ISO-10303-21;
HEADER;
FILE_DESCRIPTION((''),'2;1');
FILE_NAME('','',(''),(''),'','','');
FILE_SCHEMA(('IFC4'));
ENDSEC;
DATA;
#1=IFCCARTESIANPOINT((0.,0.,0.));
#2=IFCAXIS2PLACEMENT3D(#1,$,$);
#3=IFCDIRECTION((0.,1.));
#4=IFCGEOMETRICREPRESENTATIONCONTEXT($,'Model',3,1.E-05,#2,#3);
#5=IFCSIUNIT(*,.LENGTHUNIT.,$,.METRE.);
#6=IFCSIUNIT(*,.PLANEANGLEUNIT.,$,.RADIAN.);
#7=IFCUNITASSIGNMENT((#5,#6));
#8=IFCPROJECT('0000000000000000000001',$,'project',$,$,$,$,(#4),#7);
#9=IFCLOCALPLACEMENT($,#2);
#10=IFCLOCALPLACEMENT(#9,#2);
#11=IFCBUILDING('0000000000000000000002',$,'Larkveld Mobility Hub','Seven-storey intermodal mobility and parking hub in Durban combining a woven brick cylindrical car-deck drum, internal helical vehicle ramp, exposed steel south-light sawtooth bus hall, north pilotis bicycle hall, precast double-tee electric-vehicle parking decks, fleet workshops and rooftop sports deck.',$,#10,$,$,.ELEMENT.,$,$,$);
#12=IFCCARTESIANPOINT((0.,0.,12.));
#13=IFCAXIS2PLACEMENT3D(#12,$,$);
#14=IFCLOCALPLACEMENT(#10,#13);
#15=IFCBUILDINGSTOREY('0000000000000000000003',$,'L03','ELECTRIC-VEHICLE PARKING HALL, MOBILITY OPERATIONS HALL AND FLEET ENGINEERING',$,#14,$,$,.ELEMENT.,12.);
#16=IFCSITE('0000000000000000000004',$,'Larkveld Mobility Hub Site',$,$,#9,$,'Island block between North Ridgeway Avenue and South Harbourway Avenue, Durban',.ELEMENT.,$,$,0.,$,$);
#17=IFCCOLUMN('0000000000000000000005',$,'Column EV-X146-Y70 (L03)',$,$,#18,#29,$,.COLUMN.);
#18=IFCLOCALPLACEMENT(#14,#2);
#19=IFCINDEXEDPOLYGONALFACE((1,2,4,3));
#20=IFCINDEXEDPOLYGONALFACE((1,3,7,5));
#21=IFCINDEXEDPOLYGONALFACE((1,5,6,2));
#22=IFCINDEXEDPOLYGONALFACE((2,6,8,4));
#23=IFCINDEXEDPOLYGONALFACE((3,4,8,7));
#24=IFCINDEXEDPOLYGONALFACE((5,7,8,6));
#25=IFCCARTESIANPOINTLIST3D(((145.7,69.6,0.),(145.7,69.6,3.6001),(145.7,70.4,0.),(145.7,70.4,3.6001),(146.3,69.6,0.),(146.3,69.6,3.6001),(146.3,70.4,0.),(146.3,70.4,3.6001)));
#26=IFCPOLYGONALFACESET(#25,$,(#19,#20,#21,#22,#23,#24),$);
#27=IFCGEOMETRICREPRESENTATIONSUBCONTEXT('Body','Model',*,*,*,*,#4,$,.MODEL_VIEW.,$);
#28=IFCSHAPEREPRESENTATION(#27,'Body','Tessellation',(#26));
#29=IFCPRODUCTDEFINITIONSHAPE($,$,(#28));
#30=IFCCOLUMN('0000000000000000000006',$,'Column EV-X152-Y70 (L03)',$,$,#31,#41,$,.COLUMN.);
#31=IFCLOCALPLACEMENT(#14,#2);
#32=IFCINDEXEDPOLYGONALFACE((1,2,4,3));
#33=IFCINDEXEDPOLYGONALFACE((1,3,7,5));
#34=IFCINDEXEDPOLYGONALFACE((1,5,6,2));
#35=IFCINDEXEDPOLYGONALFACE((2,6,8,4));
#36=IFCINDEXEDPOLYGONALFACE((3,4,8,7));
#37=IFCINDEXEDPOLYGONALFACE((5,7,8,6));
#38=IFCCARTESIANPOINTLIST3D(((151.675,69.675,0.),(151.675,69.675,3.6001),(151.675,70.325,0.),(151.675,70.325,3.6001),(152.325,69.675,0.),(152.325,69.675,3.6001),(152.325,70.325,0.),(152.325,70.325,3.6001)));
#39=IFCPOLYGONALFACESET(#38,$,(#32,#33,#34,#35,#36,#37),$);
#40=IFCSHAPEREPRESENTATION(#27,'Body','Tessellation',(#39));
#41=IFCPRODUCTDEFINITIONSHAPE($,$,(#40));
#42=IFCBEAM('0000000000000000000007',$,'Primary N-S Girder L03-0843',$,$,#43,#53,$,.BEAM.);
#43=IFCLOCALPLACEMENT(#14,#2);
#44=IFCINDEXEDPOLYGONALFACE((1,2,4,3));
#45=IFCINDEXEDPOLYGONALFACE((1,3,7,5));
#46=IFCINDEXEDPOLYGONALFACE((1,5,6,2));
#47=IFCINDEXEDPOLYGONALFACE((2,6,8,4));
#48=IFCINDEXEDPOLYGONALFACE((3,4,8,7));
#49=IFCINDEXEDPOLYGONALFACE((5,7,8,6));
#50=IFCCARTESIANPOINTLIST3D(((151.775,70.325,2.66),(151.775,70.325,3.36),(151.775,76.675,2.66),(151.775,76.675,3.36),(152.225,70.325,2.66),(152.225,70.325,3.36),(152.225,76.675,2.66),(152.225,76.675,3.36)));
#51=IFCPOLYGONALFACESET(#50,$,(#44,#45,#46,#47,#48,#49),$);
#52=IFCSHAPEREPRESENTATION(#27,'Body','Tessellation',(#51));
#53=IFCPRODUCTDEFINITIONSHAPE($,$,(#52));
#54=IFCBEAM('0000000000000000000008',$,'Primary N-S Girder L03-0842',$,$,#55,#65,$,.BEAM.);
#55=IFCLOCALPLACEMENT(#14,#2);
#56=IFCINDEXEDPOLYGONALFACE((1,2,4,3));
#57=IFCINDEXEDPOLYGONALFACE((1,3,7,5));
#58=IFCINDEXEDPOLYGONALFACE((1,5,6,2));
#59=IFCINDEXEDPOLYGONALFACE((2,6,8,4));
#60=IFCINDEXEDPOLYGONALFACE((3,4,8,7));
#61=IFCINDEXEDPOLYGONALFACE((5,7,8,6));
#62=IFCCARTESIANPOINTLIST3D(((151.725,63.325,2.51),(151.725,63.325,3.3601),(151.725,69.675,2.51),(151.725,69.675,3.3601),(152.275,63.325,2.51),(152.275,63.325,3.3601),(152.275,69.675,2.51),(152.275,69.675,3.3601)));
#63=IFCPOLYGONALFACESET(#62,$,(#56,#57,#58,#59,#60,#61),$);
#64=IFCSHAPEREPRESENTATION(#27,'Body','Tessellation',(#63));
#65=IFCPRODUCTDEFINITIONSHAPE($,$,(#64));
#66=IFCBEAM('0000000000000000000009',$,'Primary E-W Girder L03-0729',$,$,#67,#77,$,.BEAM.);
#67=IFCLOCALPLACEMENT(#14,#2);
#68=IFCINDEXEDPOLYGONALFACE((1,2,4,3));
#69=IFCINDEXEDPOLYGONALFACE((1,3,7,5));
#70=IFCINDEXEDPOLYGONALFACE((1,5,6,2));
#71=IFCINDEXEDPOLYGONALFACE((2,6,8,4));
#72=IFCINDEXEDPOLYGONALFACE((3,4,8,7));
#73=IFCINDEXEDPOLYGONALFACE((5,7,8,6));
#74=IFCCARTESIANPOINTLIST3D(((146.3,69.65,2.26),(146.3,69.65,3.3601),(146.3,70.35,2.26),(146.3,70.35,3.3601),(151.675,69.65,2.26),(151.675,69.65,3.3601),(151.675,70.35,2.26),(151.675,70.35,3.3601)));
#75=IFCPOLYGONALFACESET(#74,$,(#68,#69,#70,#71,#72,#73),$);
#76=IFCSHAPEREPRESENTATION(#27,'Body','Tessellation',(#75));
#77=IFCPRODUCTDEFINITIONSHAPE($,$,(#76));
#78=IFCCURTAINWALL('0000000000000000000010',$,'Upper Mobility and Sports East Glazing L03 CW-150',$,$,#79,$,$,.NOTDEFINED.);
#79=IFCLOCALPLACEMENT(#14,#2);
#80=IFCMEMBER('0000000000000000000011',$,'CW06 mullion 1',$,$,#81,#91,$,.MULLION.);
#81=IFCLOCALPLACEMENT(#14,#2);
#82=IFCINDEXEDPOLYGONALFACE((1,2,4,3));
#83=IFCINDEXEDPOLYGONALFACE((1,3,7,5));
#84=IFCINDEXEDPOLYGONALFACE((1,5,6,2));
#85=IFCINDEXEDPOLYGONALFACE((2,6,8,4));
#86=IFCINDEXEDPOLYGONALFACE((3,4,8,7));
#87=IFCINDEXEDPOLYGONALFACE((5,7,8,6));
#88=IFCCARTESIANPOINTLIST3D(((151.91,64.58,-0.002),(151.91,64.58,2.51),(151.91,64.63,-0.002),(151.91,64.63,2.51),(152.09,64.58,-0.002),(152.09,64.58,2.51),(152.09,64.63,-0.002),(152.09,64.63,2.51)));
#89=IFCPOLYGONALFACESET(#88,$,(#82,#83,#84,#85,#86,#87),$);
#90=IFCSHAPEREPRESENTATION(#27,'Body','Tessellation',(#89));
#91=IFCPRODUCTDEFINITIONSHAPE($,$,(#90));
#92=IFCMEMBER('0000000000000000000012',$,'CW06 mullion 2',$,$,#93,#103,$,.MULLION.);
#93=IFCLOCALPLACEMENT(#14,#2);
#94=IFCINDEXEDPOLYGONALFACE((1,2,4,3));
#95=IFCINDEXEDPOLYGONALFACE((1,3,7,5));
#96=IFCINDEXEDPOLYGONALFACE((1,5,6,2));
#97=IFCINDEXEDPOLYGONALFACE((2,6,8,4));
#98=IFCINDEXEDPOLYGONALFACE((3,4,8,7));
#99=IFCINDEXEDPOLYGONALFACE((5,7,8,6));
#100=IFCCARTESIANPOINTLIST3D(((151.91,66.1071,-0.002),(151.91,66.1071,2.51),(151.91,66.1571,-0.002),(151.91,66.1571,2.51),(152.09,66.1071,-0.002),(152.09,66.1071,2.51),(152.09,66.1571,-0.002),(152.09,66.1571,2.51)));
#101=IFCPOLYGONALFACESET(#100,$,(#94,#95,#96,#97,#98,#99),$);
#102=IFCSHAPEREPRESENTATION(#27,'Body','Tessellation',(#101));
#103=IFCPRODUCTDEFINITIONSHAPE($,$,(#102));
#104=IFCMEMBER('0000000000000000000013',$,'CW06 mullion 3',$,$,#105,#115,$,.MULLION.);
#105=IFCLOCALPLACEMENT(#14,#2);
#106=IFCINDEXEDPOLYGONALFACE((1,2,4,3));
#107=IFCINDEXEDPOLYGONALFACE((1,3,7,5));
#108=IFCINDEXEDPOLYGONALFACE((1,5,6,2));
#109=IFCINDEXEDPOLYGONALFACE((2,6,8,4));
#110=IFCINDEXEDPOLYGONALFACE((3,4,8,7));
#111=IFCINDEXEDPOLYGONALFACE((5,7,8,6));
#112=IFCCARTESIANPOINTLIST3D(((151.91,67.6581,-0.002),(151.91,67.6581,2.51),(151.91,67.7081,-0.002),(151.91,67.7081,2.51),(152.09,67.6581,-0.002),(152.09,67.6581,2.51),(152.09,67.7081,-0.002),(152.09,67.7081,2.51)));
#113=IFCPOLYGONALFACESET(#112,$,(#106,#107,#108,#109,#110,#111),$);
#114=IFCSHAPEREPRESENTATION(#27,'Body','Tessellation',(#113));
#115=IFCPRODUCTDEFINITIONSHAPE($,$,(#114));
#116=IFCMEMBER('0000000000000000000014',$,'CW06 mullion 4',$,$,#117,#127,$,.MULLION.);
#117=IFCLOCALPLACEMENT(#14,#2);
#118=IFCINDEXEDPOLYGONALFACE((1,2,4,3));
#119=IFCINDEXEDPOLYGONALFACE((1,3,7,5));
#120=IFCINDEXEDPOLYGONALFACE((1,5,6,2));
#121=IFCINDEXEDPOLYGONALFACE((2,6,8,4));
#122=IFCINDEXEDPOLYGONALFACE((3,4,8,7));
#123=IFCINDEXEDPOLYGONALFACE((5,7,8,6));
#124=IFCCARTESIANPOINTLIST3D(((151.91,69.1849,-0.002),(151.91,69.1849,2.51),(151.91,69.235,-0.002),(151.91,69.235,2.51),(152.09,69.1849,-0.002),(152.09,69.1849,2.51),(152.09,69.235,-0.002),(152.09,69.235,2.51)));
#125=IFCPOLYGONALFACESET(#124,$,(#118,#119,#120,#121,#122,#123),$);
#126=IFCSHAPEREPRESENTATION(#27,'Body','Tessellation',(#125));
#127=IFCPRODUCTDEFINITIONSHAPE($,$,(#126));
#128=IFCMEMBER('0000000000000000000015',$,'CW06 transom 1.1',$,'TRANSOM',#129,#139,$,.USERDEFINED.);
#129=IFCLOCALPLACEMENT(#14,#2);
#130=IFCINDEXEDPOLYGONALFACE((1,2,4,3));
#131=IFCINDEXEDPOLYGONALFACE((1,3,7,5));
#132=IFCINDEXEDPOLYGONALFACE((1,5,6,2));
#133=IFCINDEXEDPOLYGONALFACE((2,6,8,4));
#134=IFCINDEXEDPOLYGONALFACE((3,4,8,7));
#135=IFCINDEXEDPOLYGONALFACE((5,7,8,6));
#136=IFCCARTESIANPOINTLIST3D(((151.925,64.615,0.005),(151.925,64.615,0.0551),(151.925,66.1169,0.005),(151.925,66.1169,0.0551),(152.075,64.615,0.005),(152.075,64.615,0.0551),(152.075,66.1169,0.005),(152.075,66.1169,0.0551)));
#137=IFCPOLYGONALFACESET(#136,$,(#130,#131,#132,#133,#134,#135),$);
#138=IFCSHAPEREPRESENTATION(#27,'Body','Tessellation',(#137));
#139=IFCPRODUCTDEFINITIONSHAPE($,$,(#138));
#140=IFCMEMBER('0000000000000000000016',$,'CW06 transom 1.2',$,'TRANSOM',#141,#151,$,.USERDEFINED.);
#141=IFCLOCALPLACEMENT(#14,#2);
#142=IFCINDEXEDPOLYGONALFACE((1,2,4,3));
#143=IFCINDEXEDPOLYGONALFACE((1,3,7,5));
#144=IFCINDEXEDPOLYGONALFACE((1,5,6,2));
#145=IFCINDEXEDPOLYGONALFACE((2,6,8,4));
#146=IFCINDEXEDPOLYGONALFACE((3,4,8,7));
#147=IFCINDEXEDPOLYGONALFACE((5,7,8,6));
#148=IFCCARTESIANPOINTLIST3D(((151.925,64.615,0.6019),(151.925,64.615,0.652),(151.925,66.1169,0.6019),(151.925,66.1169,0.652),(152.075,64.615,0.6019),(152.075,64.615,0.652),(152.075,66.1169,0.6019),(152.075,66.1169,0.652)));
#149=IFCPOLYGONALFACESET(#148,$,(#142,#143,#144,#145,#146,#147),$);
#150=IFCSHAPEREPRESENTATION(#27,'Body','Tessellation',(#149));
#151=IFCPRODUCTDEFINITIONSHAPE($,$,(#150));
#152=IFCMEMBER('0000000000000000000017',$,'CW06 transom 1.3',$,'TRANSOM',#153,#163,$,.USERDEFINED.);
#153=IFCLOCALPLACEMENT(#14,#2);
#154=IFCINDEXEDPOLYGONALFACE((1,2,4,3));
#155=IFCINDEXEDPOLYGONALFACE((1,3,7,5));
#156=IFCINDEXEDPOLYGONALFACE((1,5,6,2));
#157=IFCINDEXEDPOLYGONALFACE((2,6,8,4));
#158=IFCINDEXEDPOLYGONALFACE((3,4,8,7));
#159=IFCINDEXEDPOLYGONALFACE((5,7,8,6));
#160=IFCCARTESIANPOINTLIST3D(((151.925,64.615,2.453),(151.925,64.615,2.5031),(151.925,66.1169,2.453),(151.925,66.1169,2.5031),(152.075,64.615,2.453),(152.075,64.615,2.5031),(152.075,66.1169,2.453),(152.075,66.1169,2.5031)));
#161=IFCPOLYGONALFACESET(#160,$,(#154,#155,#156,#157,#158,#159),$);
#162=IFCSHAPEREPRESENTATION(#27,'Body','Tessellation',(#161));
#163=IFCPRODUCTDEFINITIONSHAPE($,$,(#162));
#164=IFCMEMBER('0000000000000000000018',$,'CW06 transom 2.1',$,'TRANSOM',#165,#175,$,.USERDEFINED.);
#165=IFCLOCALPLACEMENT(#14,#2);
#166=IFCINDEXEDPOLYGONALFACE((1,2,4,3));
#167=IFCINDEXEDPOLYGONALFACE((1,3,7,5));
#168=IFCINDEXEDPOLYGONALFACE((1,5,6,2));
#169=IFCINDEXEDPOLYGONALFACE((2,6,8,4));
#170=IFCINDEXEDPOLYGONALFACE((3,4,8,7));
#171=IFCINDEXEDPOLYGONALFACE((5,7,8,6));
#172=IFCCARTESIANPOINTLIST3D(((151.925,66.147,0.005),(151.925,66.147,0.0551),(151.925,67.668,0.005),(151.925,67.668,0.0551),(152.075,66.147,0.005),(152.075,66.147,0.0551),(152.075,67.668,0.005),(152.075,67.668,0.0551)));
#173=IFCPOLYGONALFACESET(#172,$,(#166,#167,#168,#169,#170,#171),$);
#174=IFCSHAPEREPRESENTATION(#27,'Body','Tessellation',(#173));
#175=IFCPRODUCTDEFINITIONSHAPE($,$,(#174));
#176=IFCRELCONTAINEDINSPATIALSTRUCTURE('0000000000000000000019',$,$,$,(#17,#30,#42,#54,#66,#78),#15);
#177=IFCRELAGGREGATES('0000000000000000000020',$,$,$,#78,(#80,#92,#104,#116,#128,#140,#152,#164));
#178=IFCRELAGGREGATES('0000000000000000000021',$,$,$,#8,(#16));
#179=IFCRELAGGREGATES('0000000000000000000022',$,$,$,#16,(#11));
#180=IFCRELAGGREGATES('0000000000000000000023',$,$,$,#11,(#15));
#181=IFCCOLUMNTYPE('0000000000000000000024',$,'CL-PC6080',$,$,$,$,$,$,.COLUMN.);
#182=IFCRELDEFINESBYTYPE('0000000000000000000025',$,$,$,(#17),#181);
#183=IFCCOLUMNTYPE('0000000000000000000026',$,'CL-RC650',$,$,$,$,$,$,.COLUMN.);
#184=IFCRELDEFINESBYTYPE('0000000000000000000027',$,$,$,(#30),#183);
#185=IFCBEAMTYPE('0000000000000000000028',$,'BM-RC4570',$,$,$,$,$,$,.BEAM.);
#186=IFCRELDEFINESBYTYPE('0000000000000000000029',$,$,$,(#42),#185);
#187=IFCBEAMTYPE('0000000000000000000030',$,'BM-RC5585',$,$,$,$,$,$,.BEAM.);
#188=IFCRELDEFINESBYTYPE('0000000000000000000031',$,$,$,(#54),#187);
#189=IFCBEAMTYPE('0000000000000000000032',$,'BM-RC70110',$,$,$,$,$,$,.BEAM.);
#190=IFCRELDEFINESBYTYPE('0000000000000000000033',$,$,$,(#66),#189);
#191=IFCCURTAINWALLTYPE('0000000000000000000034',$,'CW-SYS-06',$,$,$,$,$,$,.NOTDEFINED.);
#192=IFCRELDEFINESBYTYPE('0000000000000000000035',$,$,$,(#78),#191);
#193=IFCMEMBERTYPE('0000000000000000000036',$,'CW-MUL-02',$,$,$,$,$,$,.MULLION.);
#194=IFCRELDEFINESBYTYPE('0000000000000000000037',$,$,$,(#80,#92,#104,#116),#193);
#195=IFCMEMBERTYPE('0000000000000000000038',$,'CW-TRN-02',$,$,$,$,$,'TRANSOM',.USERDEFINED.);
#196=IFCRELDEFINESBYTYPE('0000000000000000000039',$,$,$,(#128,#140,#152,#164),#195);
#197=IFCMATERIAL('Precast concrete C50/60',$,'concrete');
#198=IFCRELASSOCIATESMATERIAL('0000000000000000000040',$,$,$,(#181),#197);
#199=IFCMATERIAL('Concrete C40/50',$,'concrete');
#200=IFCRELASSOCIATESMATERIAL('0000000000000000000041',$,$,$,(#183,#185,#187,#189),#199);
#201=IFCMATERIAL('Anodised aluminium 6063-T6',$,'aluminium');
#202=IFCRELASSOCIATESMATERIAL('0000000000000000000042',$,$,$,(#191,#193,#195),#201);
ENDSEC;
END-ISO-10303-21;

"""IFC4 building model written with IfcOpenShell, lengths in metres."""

from ifc_helpers import new_model, si_unit, direction, frame, origin, origin_2d, place, context, subcontext, project, spatial, rectangle, extrude, material, material_profile, profile_set, type_object, element, aggregate, save


model = new_model("IFC4")

# Units and contexts
model_context = context("Model", 3, precision=1e-05, world=origin(), true_north=direction((0.0, 1.0)))
body_context = subcontext(model_context, "Body", "Model", "MODEL_VIEW")
ifc_project = project(units=[si_unit("LENGTHUNIT", "METRE"), si_unit("PLANEANGLEUNIT", "RADIAN")], contexts=[model_context])

# Site, building, storey
site_placement = place(None, origin())
site = spatial("IfcSite", under=ifc_project, at=site_placement, Name="Larkveld Mobility Hub Site", LongName="Island block between North Ridgeway Avenue and South Harbourway Avenue, Durban", CompositionType="ELEMENT", RefElevation=0.0)
building_placement = place(site_placement, origin())
building = spatial("IfcBuilding", under=site, at=building_placement, Name="Larkveld Mobility Hub", Description="Seven-storey intermodal mobility and parking hub in Durban combining a woven brick cylindrical car-deck drum, internal helical vehicle ramp, exposed steel south-light sawtooth bus hall, north pilotis bicycle hall, precast double-tee electric-vehicle parking decks, fleet workshops and rooftop sports deck.", CompositionType="ELEMENT")
storey_placement = place(building_placement, frame((0.0, 0.0, 12.0)))
storey = spatial("IfcBuildingStorey", under=building, at=storey_placement, Name="L03", Description="ELECTRIC-VEHICLE PARKING HALL, MOBILITY OPERATIONS HALL AND FLEET ENGINEERING", CompositionType="ELEMENT", Elevation=12.0)

# Columns
ifc_material_1 = material(Name="Precast concrete C50/60", Category="concrete")
ifc_material_profile_1 = material_profile(ifc_material_1, rectangle(XDim=0.6001, YDim=0.8, at=origin_2d()), Name="RC COL 600x800")
ifc_profile_set_1 = profile_set([ifc_material_profile_1], Name="Precast concrete C50/60")
column_type_1 = type_object("IfcColumnType", Name="CL-PC6080", PredefinedType="COLUMN", material=ifc_profile_set_1)
column_1_placement = place(storey_placement, frame((146.0, 70.0, 0.0), z_axis=(0.0, 0.0, 1.0), x_axis=(1.0, 0.0, 0.0)))
element("IfcColumn", 1, at=column_1_placement, inside=storey, type_object=column_type_1, Name="Column EV-X146-Y70 (L03)", PredefinedType="COLUMN", context=body_context, shape_type="SweptSolid", body=[
    extrude(rectangle(XDim=0.6001, YDim=0.8, at=origin_2d()), origin(), (0.0, 0.0, 1.0), 3.6001),
])
ifc_material_2 = material(Name="Concrete C40/50", Category="concrete")
ifc_material_profile_2 = material_profile(ifc_material_2, rectangle(XDim=0.6499, YDim=0.6499, at=origin_2d()), Name="RC COL 650x650")
ifc_profile_set_2 = profile_set([ifc_material_profile_2], Name="Concrete C40/50")
column_type_2 = type_object("IfcColumnType", Name="CL-RC650", PredefinedType="COLUMN", material=ifc_profile_set_2)
column_2_placement = place(storey_placement, frame((152.0, 70.0, 0.0), z_axis=(0.0, 0.0, 1.0), x_axis=(1.0, 0.0, 0.0)))
element("IfcColumn", 2, at=column_2_placement, inside=storey, type_object=column_type_2, Name="Column EV-X152-Y70 (L03)", PredefinedType="COLUMN", context=body_context, shape_type="SweptSolid", body=[
    extrude(rectangle(XDim=0.6499, YDim=0.6499, at=origin_2d()), origin(), (0.0, 0.0, 1.0), 3.6001),
])

# Beams
ifc_material_profile_3 = material_profile(ifc_material_2, rectangle(XDim=0.45, YDim=0.7, at=origin_2d()), Name="RC BM 450x700")
ifc_profile_set_3 = profile_set([ifc_material_profile_3], Name="Concrete C40/50")
beam_type_1 = type_object("IfcBeamType", Name="BM-RC4570", PredefinedType="BEAM", material=ifc_profile_set_3)
beam_1_placement = place(storey_placement, frame((152.0, 70.325, 3.01), z_axis=(0.0, 1.0, 0.0), x_axis=(-1.0, 0.0, 0.0)))
element("IfcBeam", 3, at=beam_1_placement, inside=storey, type_object=beam_type_1, Name="Primary N-S Girder L03-0843", PredefinedType="BEAM", context=body_context, shape_type="SweptSolid", body=[
    extrude(rectangle(XDim=0.45, YDim=0.7, at=origin_2d()), origin(), (0.0, 0.0, 1.0), 6.3501),
])
ifc_material_profile_4 = material_profile(ifc_material_2, rectangle(XDim=0.55, YDim=0.8501, at=origin_2d()), Name="RC BM 550x850")
ifc_profile_set_4 = profile_set([ifc_material_profile_4], Name="Concrete C40/50")
beam_type_2 = type_object("IfcBeamType", Name="BM-RC5585", PredefinedType="BEAM", material=ifc_profile_set_4)
beam_2_placement = place(storey_placement, frame((152.0, 63.325, 2.9351), z_axis=(0.0, 1.0, 0.0), x_axis=(-1.0, 0.0, 0.0)))
element("IfcBeam", 4, at=beam_2_placement, inside=storey, type_object=beam_type_2, Name="Primary N-S Girder L03-0842", PredefinedType="BEAM", context=body_context, shape_type="SweptSolid", body=[
    extrude(rectangle(XDim=0.55, YDim=0.8501, at=origin_2d()), origin(), (0.0, 0.0, 1.0), 6.3501),
])
ifc_material_profile_5 = material_profile(ifc_material_2, rectangle(XDim=0.7, YDim=1.1001, at=origin_2d()), Name="RC BM 700x1100")
ifc_profile_set_5 = profile_set([ifc_material_profile_5], Name="Concrete C40/50")
beam_type_3 = type_object("IfcBeamType", Name="BM-RC70110", PredefinedType="BEAM", material=ifc_profile_set_5)
beam_3_placement = place(storey_placement, frame((146.3, 70.0, 2.8101), z_axis=(1.0, 0.0, 0.0), x_axis=(0.0, 1.0, 0.0)))
element("IfcBeam", 5, at=beam_3_placement, inside=storey, type_object=beam_type_3, Name="Primary E-W Girder L03-0729", PredefinedType="BEAM", context=body_context, shape_type="SweptSolid", body=[
    extrude(rectangle(XDim=0.7, YDim=1.1001, at=origin_2d()), origin(), (0.0, 0.0, 1.0), 5.375),
])

# Curtain wall, members
ifc_material_3 = material(Name="Anodised aluminium 6063-T6", Category="aluminium")
curtain_wall_type = type_object("IfcCurtainWallType", Name="CW-SYS-06", PredefinedType="NOTDEFINED", material=ifc_material_3)
curtain_wall_placement = place(storey_placement, origin())
curtain_wall = element("IfcCurtainWall", 6, at=curtain_wall_placement, inside=storey, type_object=curtain_wall_type, Name="Upper Mobility and Sports East Glazing L03 CW-150", PredefinedType="NOTDEFINED")
ifc_material_profile_6 = material_profile(ifc_material_3, rectangle(XDim=0.05, YDim=0.1799, at=origin_2d()), Name="ALU MULL 50x180")
ifc_profile_set_6 = profile_set([ifc_material_profile_6], Name="Anodised aluminium 6063-T6")
member_type_1 = type_object("IfcMemberType", Name="CW-MUL-02", PredefinedType="MULLION", material=ifc_profile_set_6)
member_1_placement = place(storey_placement, frame((152.0, 64.605, -0.002), z_axis=(0.0, 0.0, 1.0), x_axis=(0.0, 1.0, 0.0)))
member_1 = element("IfcMember", 7, at=member_1_placement, type_object=member_type_1, Name="CW06 mullion 1", PredefinedType="MULLION", context=body_context, shape_type="SweptSolid", body=[
    extrude(rectangle(XDim=0.05, YDim=0.1799, at=origin_2d()), origin(), (0.0, 0.0, 1.0), 2.512),
])
member_2_placement = place(storey_placement, frame((152.0, 66.1321, -0.002), z_axis=(0.0, 0.0, 1.0), x_axis=(0.0, 1.0, 0.0)))
member_2 = element("IfcMember", 8, at=member_2_placement, type_object=member_type_1, Name="CW06 mullion 2", PredefinedType="MULLION", context=body_context, shape_type="SweptSolid", body=[
    extrude(rectangle(XDim=0.05, YDim=0.1799, at=origin_2d()), origin(), (0.0, 0.0, 1.0), 2.512),
])
member_3_placement = place(storey_placement, frame((152.0, 67.6831, -0.002), z_axis=(0.0, 0.0, 1.0), x_axis=(0.0, 1.0, 0.0)))
member_3 = element("IfcMember", 9, at=member_3_placement, type_object=member_type_1, Name="CW06 mullion 3", PredefinedType="MULLION", context=body_context, shape_type="SweptSolid", body=[
    extrude(rectangle(XDim=0.05, YDim=0.1799, at=origin_2d()), origin(), (0.0, 0.0, 1.0), 2.512),
])
member_4_placement = place(storey_placement, frame((152.0, 69.21, -0.002), z_axis=(0.0, 0.0, 1.0), x_axis=(0.0, 1.0, 0.0)))
member_4 = element("IfcMember", 10, at=member_4_placement, type_object=member_type_1, Name="CW06 mullion 4", PredefinedType="MULLION", context=body_context, shape_type="SweptSolid", body=[
    extrude(rectangle(XDim=0.05, YDim=0.1799, at=origin_2d()), origin(), (0.0, 0.0, 1.0), 2.512),
])
ifc_material_profile_7 = material_profile(ifc_material_3, rectangle(XDim=0.1499, YDim=0.05, at=origin_2d()), Name="ALU TRAN 50x150")
ifc_profile_set_7 = profile_set([ifc_material_profile_7], Name="Anodised aluminium 6063-T6")
member_type_2 = type_object("IfcMemberType", Name="CW-TRN-02", ElementType="TRANSOM", PredefinedType="USERDEFINED", material=ifc_profile_set_7)
member_5_placement = place(storey_placement, frame((152.0, 64.615, 0.03), z_axis=(0.0, 1.0, 0.0), x_axis=(-1.0, 0.0, 0.0)))
member_5 = element("IfcMember", 11, at=member_5_placement, type_object=member_type_2, Name="CW06 transom 1.1", ObjectType="TRANSOM", PredefinedType="USERDEFINED", context=body_context, shape_type="SweptSolid", body=[
    extrude(rectangle(XDim=0.1499, YDim=0.05, at=origin_2d()), origin(), (0.0, 0.0, 1.0), 1.502),
])
member_6_placement = place(storey_placement, frame((152.0, 64.615, 0.627), z_axis=(0.0, 1.0, 0.0), x_axis=(-1.0, 0.0, 0.0)))
member_6 = element("IfcMember", 12, at=member_6_placement, type_object=member_type_2, Name="CW06 transom 1.2", ObjectType="TRANSOM", PredefinedType="USERDEFINED", context=body_context, shape_type="SweptSolid", body=[
    extrude(rectangle(XDim=0.1499, YDim=0.05, at=origin_2d()), origin(), (0.0, 0.0, 1.0), 1.502),
])
member_7_placement = place(storey_placement, frame((152.0, 64.615, 2.478), z_axis=(0.0, 1.0, 0.0), x_axis=(-1.0, 0.0, 0.0)))
member_7 = element("IfcMember", 13, at=member_7_placement, type_object=member_type_2, Name="CW06 transom 1.3", ObjectType="TRANSOM", PredefinedType="USERDEFINED", context=body_context, shape_type="SweptSolid", body=[
    extrude(rectangle(XDim=0.1499, YDim=0.05, at=origin_2d()), origin(), (0.0, 0.0, 1.0), 1.502),
])
member_8_placement = place(storey_placement, frame((152.0, 66.147, 0.03), z_axis=(0.0, 1.0, 0.0), x_axis=(-1.0, 0.0, 0.0)))
member_8 = element("IfcMember", 14, at=member_8_placement, type_object=member_type_2, Name="CW06 transom 2.1", ObjectType="TRANSOM", PredefinedType="USERDEFINED", context=body_context, shape_type="SweptSolid", body=[
    extrude(rectangle(XDim=0.1499, YDim=0.05, at=origin_2d()), origin(), (0.0, 0.0, 1.0), 1.521),
])

aggregate(curtain_wall, [member_1, member_2, member_3, member_4, member_5, member_6, member_7, member_8])

save(model, "model.ifc")
